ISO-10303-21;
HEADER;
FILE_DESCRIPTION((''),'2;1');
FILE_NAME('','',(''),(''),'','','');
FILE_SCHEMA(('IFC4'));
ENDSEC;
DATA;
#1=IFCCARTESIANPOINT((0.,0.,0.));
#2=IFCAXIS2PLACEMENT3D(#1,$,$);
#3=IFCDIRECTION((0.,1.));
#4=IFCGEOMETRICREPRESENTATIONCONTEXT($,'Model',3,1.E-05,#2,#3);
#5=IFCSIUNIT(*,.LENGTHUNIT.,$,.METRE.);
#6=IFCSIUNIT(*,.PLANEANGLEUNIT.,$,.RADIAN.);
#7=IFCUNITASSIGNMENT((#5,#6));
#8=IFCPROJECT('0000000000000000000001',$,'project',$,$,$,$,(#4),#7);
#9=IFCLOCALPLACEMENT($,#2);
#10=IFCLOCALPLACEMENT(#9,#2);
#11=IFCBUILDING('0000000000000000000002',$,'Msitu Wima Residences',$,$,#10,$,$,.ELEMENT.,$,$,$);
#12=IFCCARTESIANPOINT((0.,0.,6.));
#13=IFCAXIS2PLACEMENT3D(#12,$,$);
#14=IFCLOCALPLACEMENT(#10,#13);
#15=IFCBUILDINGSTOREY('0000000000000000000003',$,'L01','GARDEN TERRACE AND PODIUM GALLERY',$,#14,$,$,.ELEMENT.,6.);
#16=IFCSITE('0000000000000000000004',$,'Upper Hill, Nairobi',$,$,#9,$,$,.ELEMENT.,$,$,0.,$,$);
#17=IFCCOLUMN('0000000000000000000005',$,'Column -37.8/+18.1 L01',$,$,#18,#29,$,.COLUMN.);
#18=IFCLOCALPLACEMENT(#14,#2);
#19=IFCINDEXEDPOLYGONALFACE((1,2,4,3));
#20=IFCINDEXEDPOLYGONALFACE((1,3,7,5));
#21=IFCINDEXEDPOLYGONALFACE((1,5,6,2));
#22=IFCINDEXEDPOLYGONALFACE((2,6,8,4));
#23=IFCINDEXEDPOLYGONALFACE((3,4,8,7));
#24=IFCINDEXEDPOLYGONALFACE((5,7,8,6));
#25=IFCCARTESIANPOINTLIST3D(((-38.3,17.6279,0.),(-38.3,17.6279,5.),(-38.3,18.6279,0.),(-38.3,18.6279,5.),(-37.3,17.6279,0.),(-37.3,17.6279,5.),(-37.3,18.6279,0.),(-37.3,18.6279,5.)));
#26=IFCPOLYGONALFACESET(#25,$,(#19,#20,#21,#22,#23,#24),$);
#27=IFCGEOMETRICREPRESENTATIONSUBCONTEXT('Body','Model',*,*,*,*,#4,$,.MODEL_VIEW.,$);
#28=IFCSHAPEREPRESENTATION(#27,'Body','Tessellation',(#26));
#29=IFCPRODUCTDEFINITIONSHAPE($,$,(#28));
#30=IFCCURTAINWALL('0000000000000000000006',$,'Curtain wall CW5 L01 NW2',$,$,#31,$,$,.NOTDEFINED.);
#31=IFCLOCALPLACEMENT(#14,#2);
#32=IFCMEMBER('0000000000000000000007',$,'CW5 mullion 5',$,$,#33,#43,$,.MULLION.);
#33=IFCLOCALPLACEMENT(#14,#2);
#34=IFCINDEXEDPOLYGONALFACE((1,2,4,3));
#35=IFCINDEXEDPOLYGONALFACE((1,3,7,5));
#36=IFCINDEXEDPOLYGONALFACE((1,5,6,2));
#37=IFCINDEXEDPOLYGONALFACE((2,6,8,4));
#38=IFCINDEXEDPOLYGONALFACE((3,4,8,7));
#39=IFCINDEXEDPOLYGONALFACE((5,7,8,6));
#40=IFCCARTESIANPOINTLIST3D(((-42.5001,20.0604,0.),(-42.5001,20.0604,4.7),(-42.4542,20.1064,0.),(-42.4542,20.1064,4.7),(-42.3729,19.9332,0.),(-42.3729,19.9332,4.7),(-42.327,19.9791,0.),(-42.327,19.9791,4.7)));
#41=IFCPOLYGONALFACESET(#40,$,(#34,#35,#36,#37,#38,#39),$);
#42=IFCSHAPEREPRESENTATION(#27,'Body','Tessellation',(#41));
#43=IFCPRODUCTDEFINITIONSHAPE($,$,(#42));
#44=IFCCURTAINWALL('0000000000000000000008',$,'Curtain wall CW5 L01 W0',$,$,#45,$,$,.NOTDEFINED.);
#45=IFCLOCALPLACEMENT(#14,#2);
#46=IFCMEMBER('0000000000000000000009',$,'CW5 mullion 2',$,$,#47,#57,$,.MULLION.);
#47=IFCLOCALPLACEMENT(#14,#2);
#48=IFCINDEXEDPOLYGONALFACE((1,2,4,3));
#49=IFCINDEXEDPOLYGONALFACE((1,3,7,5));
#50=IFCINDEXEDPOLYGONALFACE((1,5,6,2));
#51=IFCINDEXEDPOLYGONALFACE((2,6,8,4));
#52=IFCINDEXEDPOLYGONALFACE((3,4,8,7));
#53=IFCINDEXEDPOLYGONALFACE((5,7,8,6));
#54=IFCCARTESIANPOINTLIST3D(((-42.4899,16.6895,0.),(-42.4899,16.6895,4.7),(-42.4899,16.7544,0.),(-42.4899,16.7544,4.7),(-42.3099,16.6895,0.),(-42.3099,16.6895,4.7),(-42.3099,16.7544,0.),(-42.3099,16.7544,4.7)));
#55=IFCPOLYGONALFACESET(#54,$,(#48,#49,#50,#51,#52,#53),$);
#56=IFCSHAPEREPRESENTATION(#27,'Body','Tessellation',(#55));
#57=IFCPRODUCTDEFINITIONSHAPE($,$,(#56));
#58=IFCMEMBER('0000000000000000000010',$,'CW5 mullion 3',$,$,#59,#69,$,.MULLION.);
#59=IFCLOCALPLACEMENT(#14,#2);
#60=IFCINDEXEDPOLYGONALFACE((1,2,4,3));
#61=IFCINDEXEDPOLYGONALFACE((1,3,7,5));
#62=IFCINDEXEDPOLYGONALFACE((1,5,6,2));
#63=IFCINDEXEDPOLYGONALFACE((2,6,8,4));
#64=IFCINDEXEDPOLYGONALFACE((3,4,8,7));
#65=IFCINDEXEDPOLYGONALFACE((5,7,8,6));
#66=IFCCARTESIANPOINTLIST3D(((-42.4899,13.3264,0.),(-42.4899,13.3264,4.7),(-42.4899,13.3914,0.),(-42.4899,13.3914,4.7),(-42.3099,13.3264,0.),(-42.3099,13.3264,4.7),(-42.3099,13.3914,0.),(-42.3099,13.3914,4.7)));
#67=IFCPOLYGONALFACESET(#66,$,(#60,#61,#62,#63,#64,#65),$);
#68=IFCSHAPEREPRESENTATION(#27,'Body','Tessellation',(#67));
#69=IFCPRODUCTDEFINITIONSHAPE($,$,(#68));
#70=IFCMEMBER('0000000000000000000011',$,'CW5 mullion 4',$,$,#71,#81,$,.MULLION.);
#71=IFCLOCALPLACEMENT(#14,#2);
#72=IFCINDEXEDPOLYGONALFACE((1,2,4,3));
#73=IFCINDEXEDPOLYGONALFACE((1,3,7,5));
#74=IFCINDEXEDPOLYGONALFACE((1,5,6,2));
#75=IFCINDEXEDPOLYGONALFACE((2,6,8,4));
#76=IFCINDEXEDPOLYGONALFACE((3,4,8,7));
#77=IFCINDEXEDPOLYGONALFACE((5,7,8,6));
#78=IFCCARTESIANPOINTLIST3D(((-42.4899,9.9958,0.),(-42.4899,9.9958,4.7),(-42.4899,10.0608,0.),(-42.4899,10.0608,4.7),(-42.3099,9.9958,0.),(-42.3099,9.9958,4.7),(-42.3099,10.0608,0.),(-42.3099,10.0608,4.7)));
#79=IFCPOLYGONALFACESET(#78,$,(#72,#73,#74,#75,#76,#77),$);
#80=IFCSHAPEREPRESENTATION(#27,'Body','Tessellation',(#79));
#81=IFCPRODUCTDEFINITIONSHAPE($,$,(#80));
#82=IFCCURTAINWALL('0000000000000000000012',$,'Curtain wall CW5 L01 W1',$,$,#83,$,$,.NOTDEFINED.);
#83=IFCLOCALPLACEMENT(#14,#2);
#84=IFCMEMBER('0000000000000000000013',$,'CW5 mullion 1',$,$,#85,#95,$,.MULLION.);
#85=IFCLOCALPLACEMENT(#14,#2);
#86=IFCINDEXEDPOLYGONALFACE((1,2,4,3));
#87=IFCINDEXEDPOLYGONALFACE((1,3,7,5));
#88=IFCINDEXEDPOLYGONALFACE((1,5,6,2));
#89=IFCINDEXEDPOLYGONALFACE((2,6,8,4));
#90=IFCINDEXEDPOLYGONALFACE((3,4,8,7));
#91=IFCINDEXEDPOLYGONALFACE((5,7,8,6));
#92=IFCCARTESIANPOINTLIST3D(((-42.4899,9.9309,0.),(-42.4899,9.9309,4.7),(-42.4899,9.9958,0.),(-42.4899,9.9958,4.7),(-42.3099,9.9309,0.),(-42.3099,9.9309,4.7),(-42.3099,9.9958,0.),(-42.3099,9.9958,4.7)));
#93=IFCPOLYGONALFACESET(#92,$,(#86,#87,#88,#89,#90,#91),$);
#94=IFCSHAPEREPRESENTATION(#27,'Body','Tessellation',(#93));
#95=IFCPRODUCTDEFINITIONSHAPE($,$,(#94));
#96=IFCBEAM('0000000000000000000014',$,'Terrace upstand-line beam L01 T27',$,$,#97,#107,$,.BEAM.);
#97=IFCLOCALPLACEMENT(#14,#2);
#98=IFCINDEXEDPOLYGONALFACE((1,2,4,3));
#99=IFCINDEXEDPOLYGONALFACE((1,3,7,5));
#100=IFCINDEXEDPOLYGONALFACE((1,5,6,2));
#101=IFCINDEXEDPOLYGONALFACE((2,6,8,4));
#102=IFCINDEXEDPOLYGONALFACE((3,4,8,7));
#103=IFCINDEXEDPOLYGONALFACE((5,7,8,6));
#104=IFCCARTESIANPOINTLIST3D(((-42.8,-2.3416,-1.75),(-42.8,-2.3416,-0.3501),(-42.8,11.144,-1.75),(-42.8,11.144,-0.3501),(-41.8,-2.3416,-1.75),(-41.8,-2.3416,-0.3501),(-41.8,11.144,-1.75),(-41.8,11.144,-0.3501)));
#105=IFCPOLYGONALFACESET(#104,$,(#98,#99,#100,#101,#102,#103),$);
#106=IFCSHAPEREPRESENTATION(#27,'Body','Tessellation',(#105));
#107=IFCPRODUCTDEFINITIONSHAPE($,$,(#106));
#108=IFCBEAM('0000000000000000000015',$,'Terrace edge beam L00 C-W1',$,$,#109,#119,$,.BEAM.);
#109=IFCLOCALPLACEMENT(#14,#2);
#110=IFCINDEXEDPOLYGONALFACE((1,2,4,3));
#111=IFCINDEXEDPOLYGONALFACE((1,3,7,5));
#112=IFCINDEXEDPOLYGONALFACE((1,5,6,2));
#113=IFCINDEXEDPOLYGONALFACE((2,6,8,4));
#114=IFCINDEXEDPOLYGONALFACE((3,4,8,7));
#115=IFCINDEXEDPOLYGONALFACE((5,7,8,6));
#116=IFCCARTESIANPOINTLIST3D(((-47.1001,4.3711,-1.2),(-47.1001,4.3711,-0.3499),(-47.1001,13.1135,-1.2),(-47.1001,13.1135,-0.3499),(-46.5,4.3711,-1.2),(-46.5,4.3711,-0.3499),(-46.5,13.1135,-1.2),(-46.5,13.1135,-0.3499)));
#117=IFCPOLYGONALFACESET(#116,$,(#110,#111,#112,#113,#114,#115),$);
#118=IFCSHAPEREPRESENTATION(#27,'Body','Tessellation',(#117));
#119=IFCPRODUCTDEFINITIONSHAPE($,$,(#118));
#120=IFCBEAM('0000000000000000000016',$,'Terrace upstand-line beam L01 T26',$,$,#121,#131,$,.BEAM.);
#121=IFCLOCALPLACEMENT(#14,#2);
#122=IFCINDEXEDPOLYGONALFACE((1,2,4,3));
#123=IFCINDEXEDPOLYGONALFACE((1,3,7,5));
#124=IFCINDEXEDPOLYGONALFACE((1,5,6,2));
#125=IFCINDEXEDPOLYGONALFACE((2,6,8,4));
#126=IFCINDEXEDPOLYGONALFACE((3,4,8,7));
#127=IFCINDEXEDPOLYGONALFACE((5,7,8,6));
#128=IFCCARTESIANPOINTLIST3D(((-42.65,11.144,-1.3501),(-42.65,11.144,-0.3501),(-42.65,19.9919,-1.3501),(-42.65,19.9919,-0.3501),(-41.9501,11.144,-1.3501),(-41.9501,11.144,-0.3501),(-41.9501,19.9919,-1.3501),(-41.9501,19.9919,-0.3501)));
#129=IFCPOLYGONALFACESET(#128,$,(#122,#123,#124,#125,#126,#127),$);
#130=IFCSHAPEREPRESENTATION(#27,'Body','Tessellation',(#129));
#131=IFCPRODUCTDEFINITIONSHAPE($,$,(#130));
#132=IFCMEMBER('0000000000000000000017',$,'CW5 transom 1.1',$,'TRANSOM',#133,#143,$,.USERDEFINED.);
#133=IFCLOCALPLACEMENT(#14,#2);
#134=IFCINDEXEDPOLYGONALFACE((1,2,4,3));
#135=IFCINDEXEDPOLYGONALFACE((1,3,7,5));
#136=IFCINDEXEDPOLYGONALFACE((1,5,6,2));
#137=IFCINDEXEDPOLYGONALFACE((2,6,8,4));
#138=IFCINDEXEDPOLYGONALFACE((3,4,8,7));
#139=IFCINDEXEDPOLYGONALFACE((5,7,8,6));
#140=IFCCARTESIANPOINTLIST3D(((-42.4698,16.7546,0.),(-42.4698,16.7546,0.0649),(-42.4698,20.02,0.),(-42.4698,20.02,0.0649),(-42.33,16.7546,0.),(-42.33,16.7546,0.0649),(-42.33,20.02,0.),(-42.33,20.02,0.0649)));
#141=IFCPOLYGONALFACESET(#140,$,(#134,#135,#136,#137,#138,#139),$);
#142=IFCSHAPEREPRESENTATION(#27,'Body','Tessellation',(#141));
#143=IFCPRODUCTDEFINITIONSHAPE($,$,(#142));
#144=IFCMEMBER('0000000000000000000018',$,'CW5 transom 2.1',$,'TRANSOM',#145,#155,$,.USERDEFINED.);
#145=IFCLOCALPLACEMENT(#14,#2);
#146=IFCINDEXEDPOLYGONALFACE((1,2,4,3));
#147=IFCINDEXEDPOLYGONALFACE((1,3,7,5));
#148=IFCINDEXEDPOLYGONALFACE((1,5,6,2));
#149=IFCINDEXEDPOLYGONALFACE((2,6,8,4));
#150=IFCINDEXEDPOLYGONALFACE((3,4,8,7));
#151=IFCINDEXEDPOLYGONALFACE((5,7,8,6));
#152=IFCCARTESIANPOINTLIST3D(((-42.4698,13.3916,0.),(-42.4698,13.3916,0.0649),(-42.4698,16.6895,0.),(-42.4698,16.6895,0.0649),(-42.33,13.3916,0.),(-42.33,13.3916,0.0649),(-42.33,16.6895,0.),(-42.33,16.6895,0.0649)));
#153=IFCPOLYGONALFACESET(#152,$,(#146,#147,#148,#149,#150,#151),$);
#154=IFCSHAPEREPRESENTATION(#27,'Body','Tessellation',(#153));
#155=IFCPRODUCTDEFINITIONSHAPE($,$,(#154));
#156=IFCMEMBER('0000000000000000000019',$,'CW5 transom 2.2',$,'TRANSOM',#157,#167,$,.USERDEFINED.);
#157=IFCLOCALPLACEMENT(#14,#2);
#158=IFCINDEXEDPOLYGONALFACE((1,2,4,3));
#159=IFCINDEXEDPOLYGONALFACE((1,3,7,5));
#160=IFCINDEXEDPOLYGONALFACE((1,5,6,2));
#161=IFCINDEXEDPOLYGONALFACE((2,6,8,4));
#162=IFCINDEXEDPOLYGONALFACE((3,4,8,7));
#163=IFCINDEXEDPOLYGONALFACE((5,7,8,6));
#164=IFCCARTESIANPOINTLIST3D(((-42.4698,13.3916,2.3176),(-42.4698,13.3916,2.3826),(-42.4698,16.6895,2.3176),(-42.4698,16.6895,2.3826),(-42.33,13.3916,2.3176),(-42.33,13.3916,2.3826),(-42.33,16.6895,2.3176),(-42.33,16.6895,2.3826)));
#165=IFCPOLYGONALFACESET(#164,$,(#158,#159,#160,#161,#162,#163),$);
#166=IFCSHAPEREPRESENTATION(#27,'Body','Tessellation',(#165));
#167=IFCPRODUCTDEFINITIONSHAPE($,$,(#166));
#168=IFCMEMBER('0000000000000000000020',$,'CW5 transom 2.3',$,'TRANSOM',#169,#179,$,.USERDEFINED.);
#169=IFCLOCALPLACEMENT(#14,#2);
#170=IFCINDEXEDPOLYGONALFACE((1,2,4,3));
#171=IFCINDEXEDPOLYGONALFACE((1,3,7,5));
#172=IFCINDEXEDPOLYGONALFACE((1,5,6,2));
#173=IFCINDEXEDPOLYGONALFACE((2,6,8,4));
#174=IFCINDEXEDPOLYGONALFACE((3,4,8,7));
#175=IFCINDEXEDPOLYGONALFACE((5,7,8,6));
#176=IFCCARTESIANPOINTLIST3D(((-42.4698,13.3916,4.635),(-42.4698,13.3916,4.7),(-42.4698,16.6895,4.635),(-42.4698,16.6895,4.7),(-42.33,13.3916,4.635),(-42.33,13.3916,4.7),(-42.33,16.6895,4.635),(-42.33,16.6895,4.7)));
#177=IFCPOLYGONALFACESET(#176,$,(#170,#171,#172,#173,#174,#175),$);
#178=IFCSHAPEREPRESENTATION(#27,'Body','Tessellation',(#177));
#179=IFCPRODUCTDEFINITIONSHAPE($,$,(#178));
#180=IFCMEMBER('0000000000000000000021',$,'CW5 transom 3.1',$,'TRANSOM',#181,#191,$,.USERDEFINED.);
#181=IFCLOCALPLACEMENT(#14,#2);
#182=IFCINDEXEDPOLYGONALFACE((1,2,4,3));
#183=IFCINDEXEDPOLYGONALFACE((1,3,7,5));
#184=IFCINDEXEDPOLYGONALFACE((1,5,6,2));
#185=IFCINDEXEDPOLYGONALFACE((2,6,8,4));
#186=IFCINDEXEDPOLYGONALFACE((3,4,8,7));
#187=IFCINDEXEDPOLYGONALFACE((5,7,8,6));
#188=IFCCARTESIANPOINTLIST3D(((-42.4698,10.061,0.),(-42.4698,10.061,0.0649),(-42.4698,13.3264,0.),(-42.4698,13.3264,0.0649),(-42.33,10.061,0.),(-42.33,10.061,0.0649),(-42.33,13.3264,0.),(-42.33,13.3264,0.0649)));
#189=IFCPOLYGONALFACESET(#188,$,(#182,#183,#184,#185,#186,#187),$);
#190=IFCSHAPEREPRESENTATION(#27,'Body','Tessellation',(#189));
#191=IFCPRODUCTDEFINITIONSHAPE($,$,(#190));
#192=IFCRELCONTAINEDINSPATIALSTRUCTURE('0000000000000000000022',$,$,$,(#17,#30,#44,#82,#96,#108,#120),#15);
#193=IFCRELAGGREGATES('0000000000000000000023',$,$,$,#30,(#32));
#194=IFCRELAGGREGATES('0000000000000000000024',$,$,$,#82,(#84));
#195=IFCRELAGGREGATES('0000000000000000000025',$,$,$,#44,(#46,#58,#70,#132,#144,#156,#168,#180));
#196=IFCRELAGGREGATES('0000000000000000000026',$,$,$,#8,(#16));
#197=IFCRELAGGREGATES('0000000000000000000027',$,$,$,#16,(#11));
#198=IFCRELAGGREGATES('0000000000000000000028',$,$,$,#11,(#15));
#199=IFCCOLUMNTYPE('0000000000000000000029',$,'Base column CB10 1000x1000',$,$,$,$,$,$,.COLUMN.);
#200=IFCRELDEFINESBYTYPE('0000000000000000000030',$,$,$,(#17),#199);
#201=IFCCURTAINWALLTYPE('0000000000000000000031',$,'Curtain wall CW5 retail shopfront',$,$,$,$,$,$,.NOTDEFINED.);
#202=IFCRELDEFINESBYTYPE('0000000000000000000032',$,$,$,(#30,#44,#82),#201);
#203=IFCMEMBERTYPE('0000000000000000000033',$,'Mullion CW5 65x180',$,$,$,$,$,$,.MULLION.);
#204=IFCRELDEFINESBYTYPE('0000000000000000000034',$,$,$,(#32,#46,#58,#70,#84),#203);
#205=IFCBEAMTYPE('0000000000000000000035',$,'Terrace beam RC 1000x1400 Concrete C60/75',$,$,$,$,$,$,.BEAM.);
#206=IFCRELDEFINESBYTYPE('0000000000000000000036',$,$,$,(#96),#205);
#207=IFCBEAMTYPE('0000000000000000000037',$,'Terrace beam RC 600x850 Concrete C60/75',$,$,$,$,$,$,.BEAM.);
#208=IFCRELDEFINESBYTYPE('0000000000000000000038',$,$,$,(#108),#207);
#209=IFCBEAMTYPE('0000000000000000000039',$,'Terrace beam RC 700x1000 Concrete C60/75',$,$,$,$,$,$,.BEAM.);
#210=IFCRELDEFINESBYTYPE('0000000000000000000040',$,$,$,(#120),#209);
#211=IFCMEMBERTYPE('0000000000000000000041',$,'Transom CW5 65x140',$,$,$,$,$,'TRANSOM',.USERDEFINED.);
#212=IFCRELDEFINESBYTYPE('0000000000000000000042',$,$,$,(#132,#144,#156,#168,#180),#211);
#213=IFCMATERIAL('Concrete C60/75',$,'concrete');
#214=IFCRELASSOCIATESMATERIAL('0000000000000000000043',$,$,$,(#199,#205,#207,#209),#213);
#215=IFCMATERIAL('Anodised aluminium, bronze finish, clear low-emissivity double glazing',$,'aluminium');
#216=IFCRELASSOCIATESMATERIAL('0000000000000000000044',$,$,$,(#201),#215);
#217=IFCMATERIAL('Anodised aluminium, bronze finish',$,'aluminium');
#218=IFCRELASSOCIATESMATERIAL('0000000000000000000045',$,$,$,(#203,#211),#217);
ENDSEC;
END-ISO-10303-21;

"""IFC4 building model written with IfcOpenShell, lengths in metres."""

from ifc_helpers import new_model, si_unit, direction, frame, origin, origin_2d, place, context, subcontext, project, spatial, rectangle, extrude, material, material_profile, profile_set, type_object, element, aggregate, save


model = new_model("IFC4")

# Units and contexts
model_context = context("Model", 3, precision=1e-05, world=origin(), true_north=direction((0.0, 1.0)))
body_context = subcontext(model_context, "Body", "Model", "MODEL_VIEW")
ifc_project = project(units=[si_unit("LENGTHUNIT", "METRE"), si_unit("PLANEANGLEUNIT", "RADIAN")], contexts=[model_context])

# Site, building, storey
site_placement = place(None, origin())
site = spatial("IfcSite", under=ifc_project, at=site_placement, Name="Upper Hill, Nairobi", CompositionType="ELEMENT", RefElevation=0.0)
building_placement = place(site_placement, origin())
building = spatial("IfcBuilding", under=site, at=building_placement, Name="Msitu Wima Residences", CompositionType="ELEMENT")
storey_placement = place(building_placement, frame((0.0, 0.0, 6.0)))
storey = spatial("IfcBuildingStorey", under=building, at=storey_placement, Name="L01", Description="GARDEN TERRACE AND PODIUM GALLERY", CompositionType="ELEMENT", Elevation=6.0)

# Column
ifc_material_1 = material(Name="Concrete C60/75", Category="concrete")
ifc_material_profile_1 = material_profile(ifc_material_1, rectangle(XDim=1.0, YDim=1.0, at=origin_2d()), Name="RC 1000x1000")
ifc_profile_set_1 = profile_set([ifc_material_profile_1], Name="Concrete C60/75")
column_type = type_object("IfcColumnType", Name="Base column CB10 1000x1000", PredefinedType="COLUMN", material=ifc_profile_set_1)
column_placement = place(storey_placement, frame((-37.8, 18.1279, 0.0), z_axis=(0.0, 0.0, 1.0), x_axis=(1.0, 0.0, 0.0)))
element("IfcColumn", 1, at=column_placement, inside=storey, type_object=column_type, Name="Column -37.8/+18.1 L01", PredefinedType="COLUMN", context=body_context, shape_type="SweptSolid", body=[
    extrude(rectangle(XDim=1.0, YDim=1.0, at=origin_2d()), origin(), (0.0, 0.0, 1.0), 5.0),
])

# Curtain wall, member
ifc_material_2 = material(Name="Anodised aluminium, bronze finish, clear low-emissivity double glazing", Category="aluminium")
curtain_wall_type = type_object("IfcCurtainWallType", Name="Curtain wall CW5 retail shopfront", PredefinedType="NOTDEFINED", material=ifc_material_2)
curtain_wall_1_placement = place(storey_placement, origin())
curtain_wall_1 = element("IfcCurtainWall", 2, at=curtain_wall_1_placement, inside=storey, type_object=curtain_wall_type, Name="Curtain wall CW5 L01 NW2", PredefinedType="NOTDEFINED")
ifc_material_3 = material(Name="Anodised aluminium, bronze finish", Category="aluminium")
ifc_material_profile_2 = material_profile(ifc_material_3, rectangle(XDim=0.1799, YDim=0.0649, at=origin_2d()), Name="Mullion 65x180")
ifc_profile_set_2 = profile_set([ifc_material_profile_2], Name="Anodised aluminium, bronze finish")
member_type_1 = type_object("IfcMemberType", Name="Mullion CW5 65x180", PredefinedType="MULLION", material=ifc_profile_set_2)
member_1_placement = place(storey_placement, frame((-42.4136, 20.0198, 0.0), z_axis=(0.0, 0.0, 1.0), x_axis=(0.707107, -0.707107, 0.0)))
member_1 = element("IfcMember", 3, at=member_1_placement, type_object=member_type_1, Name="CW5 mullion 5", PredefinedType="MULLION", context=body_context, shape_type="SweptSolid", body=[
    extrude(rectangle(XDim=0.1799, YDim=0.0649, at=origin_2d()), origin(), (0.0, 0.0, 1.0), 4.7),
])
aggregate(curtain_wall_1, [member_1])

# Curtain wall, members
curtain_wall_2_placement = place(storey_placement, origin())
curtain_wall_2 = element("IfcCurtainWall", 4, at=curtain_wall_2_placement, inside=storey, type_object=curtain_wall_type, Name="Curtain wall CW5 L01 W0", PredefinedType="NOTDEFINED")
member_2_placement = place(storey_placement, frame((-42.3999, 16.7219, 0.0), z_axis=(0.0, 0.0, 1.0), x_axis=(1.0, 0.0, 0.0)))
member_2 = element("IfcMember", 5, at=member_2_placement, type_object=member_type_1, Name="CW5 mullion 2", PredefinedType="MULLION", context=body_context, shape_type="SweptSolid", body=[
    extrude(rectangle(XDim=0.1799, YDim=0.0649, at=origin_2d()), origin(), (0.0, 0.0, 1.0), 4.7),
])
member_3_placement = place(storey_placement, frame((-42.3999, 13.3589, 0.0), z_axis=(0.0, 0.0, 1.0), x_axis=(1.0, 0.0, 0.0)))
member_3 = element("IfcMember", 6, at=member_3_placement, type_object=member_type_1, Name="CW5 mullion 3", PredefinedType="MULLION", context=body_context, shape_type="SweptSolid", body=[
    extrude(rectangle(XDim=0.1799, YDim=0.0649, at=origin_2d()), origin(), (0.0, 0.0, 1.0), 4.7),
])
member_4_placement = place(storey_placement, frame((-42.3999, 10.0283, 0.0), z_axis=(0.0, 0.0, 1.0), x_axis=(1.0, 0.0, 0.0)))
member_4 = element("IfcMember", 7, at=member_4_placement, type_object=member_type_1, Name="CW5 mullion 4", PredefinedType="MULLION", context=body_context, shape_type="SweptSolid", body=[
    extrude(rectangle(XDim=0.1799, YDim=0.0649, at=origin_2d()), origin(), (0.0, 0.0, 1.0), 4.7),
])

# Curtain wall, member
curtain_wall_3_placement = place(storey_placement, origin())
curtain_wall_3 = element("IfcCurtainWall", 8, at=curtain_wall_3_placement, inside=storey, type_object=curtain_wall_type, Name="Curtain wall CW5 L01 W1", PredefinedType="NOTDEFINED")
member_5_placement = place(storey_placement, frame((-42.3999, 9.9634, 0.0), z_axis=(0.0, 0.0, 1.0), x_axis=(1.0, 0.0, 0.0)))
member_5 = element("IfcMember", 9, at=member_5_placement, type_object=member_type_1, Name="CW5 mullion 1", PredefinedType="MULLION", context=body_context, shape_type="SweptSolid", body=[
    extrude(rectangle(XDim=0.1799, YDim=0.0649, at=origin_2d()), origin(), (0.0, 0.0, 1.0), 4.7),
])

# Beams
ifc_material_profile_3 = material_profile(ifc_material_1, rectangle(XDim=1.0, YDim=1.3999, at=origin_2d()), Name="RC 1000x1400")
ifc_profile_set_3 = profile_set([ifc_material_profile_3], Name="Concrete C60/75")
beam_type_1 = type_object("IfcBeamType", Name="Terrace beam RC 1000x1400 Concrete C60/75", PredefinedType="BEAM", material=ifc_profile_set_3)
beam_1_placement = place(storey_placement, frame((-42.3, 11.144, -1.05), z_axis=(0.0, -1.0, 0.0), x_axis=(1.0, 0.0, 0.0)))
element("IfcBeam", 10, at=beam_1_placement, inside=storey, type_object=beam_type_1, Name="Terrace upstand-line beam L01 T27", PredefinedType="BEAM", context=body_context, shape_type="SweptSolid", body=[
    extrude(rectangle(XDim=1.0, YDim=1.3999, at=origin_2d()), origin(), (0.0, 0.0, 1.0), 13.4856),
])
ifc_material_profile_4 = material_profile(ifc_material_1, rectangle(XDim=0.6001, YDim=0.8501, at=origin_2d()), Name="RC 600x850")
ifc_profile_set_4 = profile_set([ifc_material_profile_4], Name="Concrete C60/75")
beam_type_2 = type_object("IfcBeamType", Name="Terrace beam RC 600x850 Concrete C60/75", PredefinedType="BEAM", material=ifc_profile_set_4)
beam_2_placement = place(storey_placement, frame((-46.8, 13.1135, -0.7749), z_axis=(0.0, -1.0, 0.0), x_axis=(1.0, 0.0, 0.0)))
element("IfcBeam", 11, at=beam_2_placement, inside=storey, type_object=beam_type_2, Name="Terrace edge beam L00 C-W1", PredefinedType="BEAM", context=body_context, shape_type="SweptSolid", body=[
    extrude(rectangle(XDim=0.6001, YDim=0.8501, at=origin_2d()), origin(), (0.0, 0.0, 1.0), 8.7424),
])
ifc_material_profile_5 = material_profile(ifc_material_1, rectangle(XDim=0.7, YDim=1.0, at=origin_2d()), Name="RC 700x1000")
ifc_profile_set_5 = profile_set([ifc_material_profile_5], Name="Concrete C60/75")
beam_type_3 = type_object("IfcBeamType", Name="Terrace beam RC 700x1000 Concrete C60/75", PredefinedType="BEAM", material=ifc_profile_set_5)
beam_3_placement = place(storey_placement, frame((-42.3, 19.9919, -0.8501), z_axis=(0.0, -1.0, 0.0), x_axis=(1.0, 0.0, 0.0)))
element("IfcBeam", 12, at=beam_3_placement, inside=storey, type_object=beam_type_3, Name="Terrace upstand-line beam L01 T26", PredefinedType="BEAM", context=body_context, shape_type="SweptSolid", body=[
    extrude(rectangle(XDim=0.7, YDim=1.0, at=origin_2d()), origin(), (0.0, 0.0, 1.0), 8.8479),
])

# Members
ifc_material_profile_6 = material_profile(ifc_material_3, rectangle(XDim=0.1399, YDim=0.0649, at=origin_2d()), Name="Transom 65x140")
ifc_profile_set_6 = profile_set([ifc_material_profile_6], Name="Anodised aluminium, bronze finish")
member_type_2 = type_object("IfcMemberType", Name="Transom CW5 65x140", ElementType="TRANSOM", PredefinedType="USERDEFINED", material=ifc_profile_set_6)
member_6_placement = place(storey_placement, frame((-42.3999, 20.02, 0.0325), z_axis=(0.0, -1.0, 0.0), x_axis=(1.0, 0.0, 0.0)))
member_6 = element("IfcMember", 13, at=member_6_placement, type_object=member_type_2, Name="CW5 transom 1.1", ObjectType="TRANSOM", PredefinedType="USERDEFINED", context=body_context, shape_type="SweptSolid", body=[
    extrude(rectangle(XDim=0.1399, YDim=0.0649, at=origin_2d()), origin(), (0.0, 0.0, 1.0), 3.2654),
])
member_7_placement = place(storey_placement, frame((-42.3999, 16.6895, 0.0325), z_axis=(0.0, -1.0, 0.0), x_axis=(1.0, 0.0, 0.0)))
member_7 = element("IfcMember", 14, at=member_7_placement, type_object=member_type_2, Name="CW5 transom 2.1", ObjectType="TRANSOM", PredefinedType="USERDEFINED", context=body_context, shape_type="SweptSolid", body=[
    extrude(rectangle(XDim=0.1399, YDim=0.0649, at=origin_2d()), origin(), (0.0, 0.0, 1.0), 3.2979),
])
member_8_placement = place(storey_placement, frame((-42.3999, 16.6895, 2.3501), z_axis=(0.0, -1.0, 0.0), x_axis=(1.0, 0.0, 0.0)))
member_8 = element("IfcMember", 15, at=member_8_placement, type_object=member_type_2, Name="CW5 transom 2.2", ObjectType="TRANSOM", PredefinedType="USERDEFINED", context=body_context, shape_type="SweptSolid", body=[
    extrude(rectangle(XDim=0.1399, YDim=0.0649, at=origin_2d()), origin(), (0.0, 0.0, 1.0), 3.2979),
])
member_9_placement = place(storey_placement, frame((-42.3999, 16.6895, 4.6675), z_axis=(0.0, -1.0, 0.0), x_axis=(1.0, 0.0, 0.0)))
member_9 = element("IfcMember", 16, at=member_9_placement, type_object=member_type_2, Name="CW5 transom 2.3", ObjectType="TRANSOM", PredefinedType="USERDEFINED", context=body_context, shape_type="SweptSolid", body=[
    extrude(rectangle(XDim=0.1399, YDim=0.0649, at=origin_2d()), origin(), (0.0, 0.0, 1.0), 3.2979),
])
member_10_placement = place(storey_placement, frame((-42.3999, 13.3264, 0.0325), z_axis=(0.0, -1.0, 0.0), x_axis=(1.0, 0.0, 0.0)))
member_10 = element("IfcMember", 17, at=member_10_placement, type_object=member_type_2, Name="CW5 transom 3.1", ObjectType="TRANSOM", PredefinedType="USERDEFINED", context=body_context, shape_type="SweptSolid", body=[
    extrude(rectangle(XDim=0.1399, YDim=0.0649, at=origin_2d()), origin(), (0.0, 0.0, 1.0), 3.2654),
])
aggregate(curtain_wall_3, [member_5])

aggregate(curtain_wall_2, [member_2, member_3, member_4, member_6, member_7, member_8, member_9, member_10])

save(model, "model.ifc")
